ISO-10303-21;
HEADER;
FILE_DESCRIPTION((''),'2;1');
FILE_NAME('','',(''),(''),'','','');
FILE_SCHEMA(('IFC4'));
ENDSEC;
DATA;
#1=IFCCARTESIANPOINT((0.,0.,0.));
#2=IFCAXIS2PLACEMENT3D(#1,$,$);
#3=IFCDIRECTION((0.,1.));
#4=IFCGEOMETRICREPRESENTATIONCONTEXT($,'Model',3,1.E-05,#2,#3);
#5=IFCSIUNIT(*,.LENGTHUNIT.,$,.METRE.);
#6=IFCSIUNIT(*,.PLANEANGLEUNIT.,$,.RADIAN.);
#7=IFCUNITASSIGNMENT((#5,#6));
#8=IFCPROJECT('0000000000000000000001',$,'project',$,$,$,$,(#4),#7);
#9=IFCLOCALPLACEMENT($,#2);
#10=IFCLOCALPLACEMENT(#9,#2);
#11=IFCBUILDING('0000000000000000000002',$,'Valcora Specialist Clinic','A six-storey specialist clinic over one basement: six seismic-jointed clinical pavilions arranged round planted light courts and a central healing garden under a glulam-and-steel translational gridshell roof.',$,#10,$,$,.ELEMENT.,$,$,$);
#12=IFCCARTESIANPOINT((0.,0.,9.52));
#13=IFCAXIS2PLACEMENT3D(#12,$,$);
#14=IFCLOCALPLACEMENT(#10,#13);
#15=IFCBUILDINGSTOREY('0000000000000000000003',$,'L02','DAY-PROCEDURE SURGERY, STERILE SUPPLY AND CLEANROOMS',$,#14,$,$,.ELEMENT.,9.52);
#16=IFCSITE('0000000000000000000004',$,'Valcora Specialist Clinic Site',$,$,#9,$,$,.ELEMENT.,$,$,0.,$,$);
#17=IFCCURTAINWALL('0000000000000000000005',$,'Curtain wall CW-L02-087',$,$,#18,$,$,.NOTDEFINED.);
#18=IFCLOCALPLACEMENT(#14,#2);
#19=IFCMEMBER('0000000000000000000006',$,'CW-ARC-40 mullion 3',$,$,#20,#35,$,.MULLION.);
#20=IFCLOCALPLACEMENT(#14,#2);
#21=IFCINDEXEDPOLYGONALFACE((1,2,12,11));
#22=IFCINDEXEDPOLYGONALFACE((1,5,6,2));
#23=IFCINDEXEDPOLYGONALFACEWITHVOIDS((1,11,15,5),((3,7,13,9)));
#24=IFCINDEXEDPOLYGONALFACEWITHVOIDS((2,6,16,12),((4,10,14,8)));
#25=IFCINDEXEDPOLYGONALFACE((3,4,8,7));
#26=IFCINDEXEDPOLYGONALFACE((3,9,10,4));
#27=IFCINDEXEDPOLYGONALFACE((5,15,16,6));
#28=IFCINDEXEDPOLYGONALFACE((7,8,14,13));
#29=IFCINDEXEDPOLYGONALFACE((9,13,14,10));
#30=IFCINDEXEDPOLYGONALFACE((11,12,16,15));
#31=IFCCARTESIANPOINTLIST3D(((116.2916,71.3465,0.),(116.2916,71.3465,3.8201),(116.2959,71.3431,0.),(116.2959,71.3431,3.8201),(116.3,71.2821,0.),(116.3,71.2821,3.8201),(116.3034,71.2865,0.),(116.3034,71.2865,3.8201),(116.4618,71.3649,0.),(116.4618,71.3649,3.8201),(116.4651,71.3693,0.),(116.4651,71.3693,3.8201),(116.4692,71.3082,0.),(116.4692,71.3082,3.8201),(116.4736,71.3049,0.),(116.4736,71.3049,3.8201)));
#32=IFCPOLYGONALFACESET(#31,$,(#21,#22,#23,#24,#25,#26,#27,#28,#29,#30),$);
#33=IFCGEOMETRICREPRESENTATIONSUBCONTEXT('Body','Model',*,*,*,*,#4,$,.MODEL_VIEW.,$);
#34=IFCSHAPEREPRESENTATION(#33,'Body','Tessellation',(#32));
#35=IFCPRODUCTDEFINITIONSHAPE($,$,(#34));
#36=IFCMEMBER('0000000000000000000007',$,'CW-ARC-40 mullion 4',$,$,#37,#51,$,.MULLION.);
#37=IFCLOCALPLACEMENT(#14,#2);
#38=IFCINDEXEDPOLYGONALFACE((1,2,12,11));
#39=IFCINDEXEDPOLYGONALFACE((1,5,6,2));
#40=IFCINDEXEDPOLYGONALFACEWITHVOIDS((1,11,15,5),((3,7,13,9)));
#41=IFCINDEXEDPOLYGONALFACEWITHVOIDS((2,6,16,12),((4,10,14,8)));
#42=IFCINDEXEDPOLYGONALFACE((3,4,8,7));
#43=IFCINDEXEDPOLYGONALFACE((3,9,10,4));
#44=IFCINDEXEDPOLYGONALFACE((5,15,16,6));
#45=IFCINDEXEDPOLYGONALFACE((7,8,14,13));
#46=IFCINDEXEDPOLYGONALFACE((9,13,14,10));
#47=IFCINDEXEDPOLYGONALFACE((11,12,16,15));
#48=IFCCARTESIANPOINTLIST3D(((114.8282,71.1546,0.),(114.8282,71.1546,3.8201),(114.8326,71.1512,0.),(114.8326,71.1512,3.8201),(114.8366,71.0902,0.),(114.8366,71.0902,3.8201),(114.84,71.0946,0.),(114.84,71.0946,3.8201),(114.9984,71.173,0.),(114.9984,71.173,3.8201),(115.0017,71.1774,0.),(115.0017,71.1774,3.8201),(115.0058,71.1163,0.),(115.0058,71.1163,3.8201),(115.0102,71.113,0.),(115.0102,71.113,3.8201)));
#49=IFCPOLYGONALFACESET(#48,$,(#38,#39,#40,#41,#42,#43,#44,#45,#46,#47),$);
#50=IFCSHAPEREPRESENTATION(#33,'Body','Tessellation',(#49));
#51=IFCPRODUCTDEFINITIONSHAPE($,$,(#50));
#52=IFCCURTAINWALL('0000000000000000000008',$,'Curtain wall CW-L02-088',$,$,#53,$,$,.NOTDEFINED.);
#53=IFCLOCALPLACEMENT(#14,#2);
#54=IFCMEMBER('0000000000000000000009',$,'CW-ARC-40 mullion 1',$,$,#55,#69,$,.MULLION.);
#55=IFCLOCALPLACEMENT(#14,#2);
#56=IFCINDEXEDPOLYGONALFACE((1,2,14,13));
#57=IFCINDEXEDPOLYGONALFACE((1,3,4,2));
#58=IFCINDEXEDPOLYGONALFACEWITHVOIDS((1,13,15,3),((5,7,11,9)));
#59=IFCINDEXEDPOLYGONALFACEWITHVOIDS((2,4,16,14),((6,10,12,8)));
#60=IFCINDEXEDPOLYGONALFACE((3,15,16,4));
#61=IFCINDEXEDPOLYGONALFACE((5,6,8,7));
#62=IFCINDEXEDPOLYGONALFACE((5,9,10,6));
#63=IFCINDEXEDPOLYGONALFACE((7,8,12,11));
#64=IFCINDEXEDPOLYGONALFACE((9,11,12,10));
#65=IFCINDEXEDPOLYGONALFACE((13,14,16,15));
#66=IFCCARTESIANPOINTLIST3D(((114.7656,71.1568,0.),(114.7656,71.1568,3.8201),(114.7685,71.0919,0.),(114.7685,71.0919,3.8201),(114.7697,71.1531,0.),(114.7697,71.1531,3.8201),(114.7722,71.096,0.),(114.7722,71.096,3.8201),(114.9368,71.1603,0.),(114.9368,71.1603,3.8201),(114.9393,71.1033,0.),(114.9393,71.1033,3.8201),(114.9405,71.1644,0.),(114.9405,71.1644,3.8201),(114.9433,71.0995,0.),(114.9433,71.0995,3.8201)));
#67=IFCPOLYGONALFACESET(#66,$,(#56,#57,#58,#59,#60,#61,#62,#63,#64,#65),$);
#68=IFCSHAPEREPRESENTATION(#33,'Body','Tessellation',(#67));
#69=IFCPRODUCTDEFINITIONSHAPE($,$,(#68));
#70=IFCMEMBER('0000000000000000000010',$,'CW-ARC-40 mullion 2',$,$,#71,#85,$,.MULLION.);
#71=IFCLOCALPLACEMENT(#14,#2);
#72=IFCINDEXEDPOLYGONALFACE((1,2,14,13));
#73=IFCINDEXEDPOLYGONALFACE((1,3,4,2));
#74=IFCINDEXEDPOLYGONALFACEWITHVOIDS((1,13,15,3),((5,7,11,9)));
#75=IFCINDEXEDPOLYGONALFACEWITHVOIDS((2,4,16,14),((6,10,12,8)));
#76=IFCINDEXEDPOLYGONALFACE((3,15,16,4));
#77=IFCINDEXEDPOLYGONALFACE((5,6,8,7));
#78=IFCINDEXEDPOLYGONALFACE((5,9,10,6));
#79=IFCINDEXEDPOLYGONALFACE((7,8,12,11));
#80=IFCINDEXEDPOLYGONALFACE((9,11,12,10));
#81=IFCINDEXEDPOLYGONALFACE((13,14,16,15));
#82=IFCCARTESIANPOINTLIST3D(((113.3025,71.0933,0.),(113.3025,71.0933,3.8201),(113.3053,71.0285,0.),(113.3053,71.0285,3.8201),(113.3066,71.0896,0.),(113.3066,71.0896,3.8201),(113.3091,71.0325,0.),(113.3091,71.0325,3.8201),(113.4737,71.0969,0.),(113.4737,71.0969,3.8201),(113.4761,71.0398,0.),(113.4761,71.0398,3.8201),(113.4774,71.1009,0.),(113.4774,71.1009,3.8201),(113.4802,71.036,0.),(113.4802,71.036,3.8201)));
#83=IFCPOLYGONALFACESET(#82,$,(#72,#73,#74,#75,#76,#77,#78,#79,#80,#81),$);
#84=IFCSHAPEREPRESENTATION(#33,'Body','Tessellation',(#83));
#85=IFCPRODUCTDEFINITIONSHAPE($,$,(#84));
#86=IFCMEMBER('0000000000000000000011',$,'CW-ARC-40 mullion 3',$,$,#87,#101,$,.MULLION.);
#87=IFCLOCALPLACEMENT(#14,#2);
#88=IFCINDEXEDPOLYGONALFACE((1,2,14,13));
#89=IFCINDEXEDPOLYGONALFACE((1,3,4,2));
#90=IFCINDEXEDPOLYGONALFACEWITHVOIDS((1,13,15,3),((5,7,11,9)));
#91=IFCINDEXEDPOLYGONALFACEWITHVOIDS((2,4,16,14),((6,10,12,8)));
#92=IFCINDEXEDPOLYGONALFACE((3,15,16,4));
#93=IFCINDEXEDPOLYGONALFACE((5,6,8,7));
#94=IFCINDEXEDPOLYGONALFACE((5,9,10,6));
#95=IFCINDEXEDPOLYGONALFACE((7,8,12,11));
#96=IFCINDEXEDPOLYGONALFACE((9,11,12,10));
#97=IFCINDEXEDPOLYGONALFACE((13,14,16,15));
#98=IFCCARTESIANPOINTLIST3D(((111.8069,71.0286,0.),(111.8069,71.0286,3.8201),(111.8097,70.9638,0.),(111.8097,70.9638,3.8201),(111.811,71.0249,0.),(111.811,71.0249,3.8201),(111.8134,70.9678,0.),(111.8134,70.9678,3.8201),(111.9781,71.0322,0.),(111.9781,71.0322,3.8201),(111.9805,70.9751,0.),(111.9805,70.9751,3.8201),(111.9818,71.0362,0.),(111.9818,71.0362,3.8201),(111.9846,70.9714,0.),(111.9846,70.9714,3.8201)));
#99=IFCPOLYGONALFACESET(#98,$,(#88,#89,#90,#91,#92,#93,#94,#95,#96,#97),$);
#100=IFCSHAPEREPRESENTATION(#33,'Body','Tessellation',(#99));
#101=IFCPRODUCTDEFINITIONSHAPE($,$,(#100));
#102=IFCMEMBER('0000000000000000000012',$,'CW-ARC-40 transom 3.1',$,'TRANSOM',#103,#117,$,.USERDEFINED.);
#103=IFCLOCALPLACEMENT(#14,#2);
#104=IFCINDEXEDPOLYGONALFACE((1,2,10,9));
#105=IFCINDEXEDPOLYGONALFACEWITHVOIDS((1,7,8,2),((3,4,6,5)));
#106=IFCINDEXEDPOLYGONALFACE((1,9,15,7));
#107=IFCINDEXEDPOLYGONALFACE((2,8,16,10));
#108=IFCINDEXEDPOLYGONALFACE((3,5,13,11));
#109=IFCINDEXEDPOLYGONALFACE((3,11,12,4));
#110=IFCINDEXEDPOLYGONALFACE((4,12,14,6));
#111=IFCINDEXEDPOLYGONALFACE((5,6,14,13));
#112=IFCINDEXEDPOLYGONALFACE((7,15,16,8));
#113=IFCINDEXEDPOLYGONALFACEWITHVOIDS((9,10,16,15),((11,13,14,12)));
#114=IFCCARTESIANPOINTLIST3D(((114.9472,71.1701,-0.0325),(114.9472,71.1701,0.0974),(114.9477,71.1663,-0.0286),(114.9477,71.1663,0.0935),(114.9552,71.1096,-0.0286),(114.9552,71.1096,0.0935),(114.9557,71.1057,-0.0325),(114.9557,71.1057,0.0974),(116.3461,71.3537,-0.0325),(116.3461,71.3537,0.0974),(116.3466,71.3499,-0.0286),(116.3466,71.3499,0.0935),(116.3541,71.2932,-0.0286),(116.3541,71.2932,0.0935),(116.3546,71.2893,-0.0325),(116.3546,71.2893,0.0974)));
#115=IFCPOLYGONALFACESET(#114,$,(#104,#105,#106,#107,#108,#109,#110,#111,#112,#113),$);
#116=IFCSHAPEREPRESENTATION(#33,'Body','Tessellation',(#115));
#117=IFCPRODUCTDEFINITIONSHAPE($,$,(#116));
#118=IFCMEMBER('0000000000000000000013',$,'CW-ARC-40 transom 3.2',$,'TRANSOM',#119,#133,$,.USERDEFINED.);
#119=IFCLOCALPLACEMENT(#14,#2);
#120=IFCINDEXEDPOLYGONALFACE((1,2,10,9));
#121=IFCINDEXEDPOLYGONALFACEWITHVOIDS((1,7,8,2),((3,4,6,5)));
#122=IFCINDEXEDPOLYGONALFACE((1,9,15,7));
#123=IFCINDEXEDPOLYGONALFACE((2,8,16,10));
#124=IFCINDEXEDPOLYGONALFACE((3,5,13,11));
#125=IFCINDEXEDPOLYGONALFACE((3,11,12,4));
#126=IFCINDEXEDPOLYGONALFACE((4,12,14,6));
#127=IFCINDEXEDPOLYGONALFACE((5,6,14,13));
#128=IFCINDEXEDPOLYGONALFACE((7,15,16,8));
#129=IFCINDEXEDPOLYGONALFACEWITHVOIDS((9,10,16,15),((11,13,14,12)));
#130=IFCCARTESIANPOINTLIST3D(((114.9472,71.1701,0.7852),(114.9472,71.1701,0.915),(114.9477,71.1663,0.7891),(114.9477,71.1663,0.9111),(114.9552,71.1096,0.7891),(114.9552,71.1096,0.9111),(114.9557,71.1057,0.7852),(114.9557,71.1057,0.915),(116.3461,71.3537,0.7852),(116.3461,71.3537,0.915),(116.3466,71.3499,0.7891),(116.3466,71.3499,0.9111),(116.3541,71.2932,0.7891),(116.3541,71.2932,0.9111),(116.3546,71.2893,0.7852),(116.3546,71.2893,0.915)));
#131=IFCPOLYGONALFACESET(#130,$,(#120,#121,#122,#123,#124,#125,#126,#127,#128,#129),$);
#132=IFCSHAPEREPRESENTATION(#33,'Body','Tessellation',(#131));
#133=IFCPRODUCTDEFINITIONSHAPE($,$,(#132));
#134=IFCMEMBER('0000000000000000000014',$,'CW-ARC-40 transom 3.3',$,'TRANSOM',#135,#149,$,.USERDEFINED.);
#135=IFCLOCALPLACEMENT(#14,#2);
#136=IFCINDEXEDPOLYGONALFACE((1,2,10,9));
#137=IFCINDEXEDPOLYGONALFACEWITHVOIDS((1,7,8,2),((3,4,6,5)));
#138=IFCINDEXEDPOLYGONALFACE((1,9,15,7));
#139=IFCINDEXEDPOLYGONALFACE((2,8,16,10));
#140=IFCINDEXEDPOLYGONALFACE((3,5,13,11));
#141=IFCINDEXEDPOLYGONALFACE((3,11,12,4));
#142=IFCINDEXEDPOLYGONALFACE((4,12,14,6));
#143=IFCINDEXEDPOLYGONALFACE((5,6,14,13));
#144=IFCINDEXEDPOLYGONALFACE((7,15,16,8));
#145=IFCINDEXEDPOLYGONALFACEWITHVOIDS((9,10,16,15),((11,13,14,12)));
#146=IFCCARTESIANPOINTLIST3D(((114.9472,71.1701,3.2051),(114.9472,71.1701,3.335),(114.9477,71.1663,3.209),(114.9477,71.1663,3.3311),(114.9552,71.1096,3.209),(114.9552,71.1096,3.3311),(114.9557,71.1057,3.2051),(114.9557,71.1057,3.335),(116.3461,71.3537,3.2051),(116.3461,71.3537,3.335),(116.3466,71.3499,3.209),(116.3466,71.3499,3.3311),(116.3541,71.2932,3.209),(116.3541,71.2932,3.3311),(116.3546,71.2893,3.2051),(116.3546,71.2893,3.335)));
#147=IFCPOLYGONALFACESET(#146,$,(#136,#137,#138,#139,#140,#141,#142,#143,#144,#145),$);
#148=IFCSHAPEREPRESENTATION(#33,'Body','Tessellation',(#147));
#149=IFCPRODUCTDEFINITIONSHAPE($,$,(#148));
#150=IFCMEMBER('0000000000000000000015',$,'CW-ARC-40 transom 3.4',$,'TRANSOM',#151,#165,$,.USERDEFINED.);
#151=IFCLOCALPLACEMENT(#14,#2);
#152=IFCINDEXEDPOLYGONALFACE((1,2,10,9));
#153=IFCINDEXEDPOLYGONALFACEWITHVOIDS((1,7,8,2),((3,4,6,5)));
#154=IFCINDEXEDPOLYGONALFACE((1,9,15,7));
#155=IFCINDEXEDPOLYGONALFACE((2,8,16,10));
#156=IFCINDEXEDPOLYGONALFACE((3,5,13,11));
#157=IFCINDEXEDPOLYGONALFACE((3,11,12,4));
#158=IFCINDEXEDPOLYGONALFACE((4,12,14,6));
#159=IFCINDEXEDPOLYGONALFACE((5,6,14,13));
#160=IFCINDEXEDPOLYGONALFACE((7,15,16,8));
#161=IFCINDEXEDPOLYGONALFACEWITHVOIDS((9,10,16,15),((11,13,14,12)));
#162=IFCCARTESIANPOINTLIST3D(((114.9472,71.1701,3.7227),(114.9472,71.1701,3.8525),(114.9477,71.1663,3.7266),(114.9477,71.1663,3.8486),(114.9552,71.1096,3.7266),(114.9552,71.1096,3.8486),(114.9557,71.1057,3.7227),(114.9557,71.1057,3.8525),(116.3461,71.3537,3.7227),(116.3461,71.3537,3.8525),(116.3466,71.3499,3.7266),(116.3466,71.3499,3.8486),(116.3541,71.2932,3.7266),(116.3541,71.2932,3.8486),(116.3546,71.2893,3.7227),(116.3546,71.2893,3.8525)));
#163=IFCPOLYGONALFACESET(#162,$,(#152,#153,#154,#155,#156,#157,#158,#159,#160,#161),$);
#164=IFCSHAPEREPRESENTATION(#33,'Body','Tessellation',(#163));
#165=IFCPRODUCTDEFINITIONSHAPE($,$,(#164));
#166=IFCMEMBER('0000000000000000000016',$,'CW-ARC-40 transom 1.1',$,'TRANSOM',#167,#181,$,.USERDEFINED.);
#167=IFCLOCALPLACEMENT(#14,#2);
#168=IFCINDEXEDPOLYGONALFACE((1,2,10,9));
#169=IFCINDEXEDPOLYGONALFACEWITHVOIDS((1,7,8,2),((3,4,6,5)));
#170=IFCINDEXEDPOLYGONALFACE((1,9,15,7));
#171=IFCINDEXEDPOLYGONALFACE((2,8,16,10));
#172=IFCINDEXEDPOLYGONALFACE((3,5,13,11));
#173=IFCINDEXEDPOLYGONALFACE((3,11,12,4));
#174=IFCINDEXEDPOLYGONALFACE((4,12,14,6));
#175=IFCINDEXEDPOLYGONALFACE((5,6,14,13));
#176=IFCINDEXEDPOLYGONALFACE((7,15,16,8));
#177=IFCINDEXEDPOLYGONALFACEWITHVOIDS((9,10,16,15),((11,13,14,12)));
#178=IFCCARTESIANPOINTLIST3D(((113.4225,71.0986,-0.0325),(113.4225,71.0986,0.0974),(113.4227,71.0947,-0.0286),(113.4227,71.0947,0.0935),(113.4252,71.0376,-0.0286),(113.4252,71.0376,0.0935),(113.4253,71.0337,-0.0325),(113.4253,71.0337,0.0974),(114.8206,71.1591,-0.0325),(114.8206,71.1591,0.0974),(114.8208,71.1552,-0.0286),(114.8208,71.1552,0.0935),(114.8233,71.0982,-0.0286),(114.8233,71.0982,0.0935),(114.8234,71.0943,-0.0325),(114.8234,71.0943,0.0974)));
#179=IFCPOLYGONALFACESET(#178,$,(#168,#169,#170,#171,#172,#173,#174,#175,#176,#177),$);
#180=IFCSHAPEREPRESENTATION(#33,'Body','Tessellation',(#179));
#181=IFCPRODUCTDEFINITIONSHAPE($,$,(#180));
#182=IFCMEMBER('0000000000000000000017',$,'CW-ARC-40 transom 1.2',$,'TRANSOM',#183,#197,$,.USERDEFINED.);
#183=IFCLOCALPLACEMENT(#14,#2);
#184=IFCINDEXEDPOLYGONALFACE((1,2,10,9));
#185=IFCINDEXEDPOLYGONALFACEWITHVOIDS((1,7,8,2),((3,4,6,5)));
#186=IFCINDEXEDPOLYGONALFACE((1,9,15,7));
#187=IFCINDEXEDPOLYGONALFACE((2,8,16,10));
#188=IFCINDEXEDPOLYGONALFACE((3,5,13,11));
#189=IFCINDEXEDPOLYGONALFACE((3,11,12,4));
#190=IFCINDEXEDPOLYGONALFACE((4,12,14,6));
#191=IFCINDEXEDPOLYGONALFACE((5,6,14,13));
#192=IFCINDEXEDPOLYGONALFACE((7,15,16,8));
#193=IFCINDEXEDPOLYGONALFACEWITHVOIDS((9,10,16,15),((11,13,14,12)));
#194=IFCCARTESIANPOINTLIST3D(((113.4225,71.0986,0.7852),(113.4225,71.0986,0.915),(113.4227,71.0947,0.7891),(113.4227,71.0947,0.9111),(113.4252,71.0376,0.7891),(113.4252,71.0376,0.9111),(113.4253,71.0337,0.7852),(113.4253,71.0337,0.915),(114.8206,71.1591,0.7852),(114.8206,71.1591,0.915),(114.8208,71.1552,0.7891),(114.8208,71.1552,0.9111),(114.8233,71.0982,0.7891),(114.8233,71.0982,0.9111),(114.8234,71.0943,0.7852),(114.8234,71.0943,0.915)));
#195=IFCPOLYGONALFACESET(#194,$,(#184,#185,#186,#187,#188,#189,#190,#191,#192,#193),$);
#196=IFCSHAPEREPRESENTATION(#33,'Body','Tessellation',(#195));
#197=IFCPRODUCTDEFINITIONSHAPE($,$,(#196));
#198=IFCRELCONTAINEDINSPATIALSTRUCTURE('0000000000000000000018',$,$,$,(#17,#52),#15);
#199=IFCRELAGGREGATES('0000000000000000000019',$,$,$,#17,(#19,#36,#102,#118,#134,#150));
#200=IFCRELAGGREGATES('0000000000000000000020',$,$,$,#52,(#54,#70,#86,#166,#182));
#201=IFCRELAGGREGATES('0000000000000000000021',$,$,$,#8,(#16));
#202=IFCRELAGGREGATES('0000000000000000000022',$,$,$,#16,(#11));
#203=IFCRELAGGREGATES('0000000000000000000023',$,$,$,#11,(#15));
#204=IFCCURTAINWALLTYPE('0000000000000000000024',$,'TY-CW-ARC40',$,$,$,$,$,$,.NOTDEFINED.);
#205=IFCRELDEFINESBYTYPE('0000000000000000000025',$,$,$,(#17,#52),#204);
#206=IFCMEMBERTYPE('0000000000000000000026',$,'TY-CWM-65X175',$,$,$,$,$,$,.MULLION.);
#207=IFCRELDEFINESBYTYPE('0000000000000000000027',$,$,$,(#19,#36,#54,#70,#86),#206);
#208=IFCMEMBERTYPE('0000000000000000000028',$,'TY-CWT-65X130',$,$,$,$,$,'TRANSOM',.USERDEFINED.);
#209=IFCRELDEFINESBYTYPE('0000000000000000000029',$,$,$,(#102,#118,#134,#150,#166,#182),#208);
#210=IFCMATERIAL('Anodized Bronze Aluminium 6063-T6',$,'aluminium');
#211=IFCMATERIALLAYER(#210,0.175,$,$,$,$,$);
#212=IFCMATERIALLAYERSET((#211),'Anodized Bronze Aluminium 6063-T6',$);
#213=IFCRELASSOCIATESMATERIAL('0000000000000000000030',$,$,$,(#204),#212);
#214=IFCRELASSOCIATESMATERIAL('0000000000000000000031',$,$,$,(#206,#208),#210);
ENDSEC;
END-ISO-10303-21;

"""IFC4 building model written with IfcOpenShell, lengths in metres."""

from ifc_helpers import new_model, si_unit, direction, frame, origin, origin_2d, place, context, subcontext, project, spatial, hollow_rectangle, extrude, material, layer, layer_set, material_profile, profile_set, type_object, element, aggregate, save


model = new_model("IFC4")

# Units and contexts
model_context = context("Model", 3, precision=1e-05, world=origin(), true_north=direction((0.0, 1.0)))
body_context = subcontext(model_context, "Body", "Model", "MODEL_VIEW")
ifc_project = project(units=[si_unit("LENGTHUNIT", "METRE"), si_unit("PLANEANGLEUNIT", "RADIAN")], contexts=[model_context])

# Site, building, storey
site_placement = place(None, origin())
site = spatial("IfcSite", under=ifc_project, at=site_placement, Name="Valcora Specialist Clinic Site", CompositionType="ELEMENT", RefElevation=0.0)
building_placement = place(site_placement, origin())
building = spatial("IfcBuilding", under=site, at=building_placement, Name="Valcora Specialist Clinic", Description="A six-storey specialist clinic over one basement: six seismic-jointed clinical pavilions arranged round planted light courts and a central healing garden under a glulam-and-steel translational gridshell roof.", CompositionType="ELEMENT")
storey_placement = place(building_placement, frame((0.0, 0.0, 9.52)))
storey = spatial("IfcBuildingStorey", under=building, at=storey_placement, Name="L02", Description="DAY-PROCEDURE SURGERY, STERILE SUPPLY AND CLEANROOMS", CompositionType="ELEMENT", Elevation=9.52)

# Curtain walls, members
ifc_material_1 = material(Name="Anodized Bronze Aluminium 6063-T6", Category="aluminium")
ifc_layer_1 = layer(ifc_material_1, 0.175)
ifc_layer_set_1 = layer_set([ifc_layer_1], Name="Anodized Bronze Aluminium 6063-T6")
curtain_wall_type = type_object("IfcCurtainWallType", Name="TY-CW-ARC40", PredefinedType="NOTDEFINED", material=ifc_layer_set_1)
curtain_wall_1_placement = place(storey_placement, origin())
curtain_wall_1 = element("IfcCurtainWall", 1, at=curtain_wall_1_placement, inside=storey, type_object=curtain_wall_type, Name="Curtain wall CW-L02-087", PredefinedType="NOTDEFINED")
ifc_material_profile_1 = material_profile(ifc_material_1, hollow_rectangle(XDim=0.0649, YDim=0.175, WallThickness=0.0039, at=origin_2d()), Name="AL-MUL-65X175")
ifc_profile_set_1 = profile_set([ifc_material_profile_1], Name="Anodized Bronze Aluminium 6063-T6")
member_type_1 = type_object("IfcMemberType", Name="TY-CWM-65X175", PredefinedType="MULLION", material=ifc_profile_set_1)
member_1_placement = place(storey_placement, frame((116.3826, 71.3257, 0.0), z_axis=(0.0, 0.0, 1.0), x_axis=(0.129999, -0.991514, 0.0)))
member_1 = element("IfcMember", 2, at=member_1_placement, type_object=member_type_1, Name="CW-ARC-40 mullion 3", PredefinedType="MULLION", context=body_context, shape_type="SweptSolid", body=[
    extrude(hollow_rectangle(XDim=0.0649, YDim=0.175, WallThickness=0.0039, at=origin_2d()), origin(), (0.0, 0.0, 1.0), 3.8201),
])
member_2_placement = place(storey_placement, frame((114.9192, 71.1338, 0.0), z_axis=(0.0, 0.0, 1.0), x_axis=(0.129999, -0.991514, 0.0)))
member_2 = element("IfcMember", 3, at=member_2_placement, type_object=member_type_1, Name="CW-ARC-40 mullion 4", PredefinedType="MULLION", context=body_context, shape_type="SweptSolid", body=[
    extrude(hollow_rectangle(XDim=0.0649, YDim=0.175, WallThickness=0.0039, at=origin_2d()), origin(), (0.0, 0.0, 1.0), 3.8201),
])
curtain_wall_2_placement = place(storey_placement, origin())
curtain_wall_2 = element("IfcCurtainWall", 4, at=curtain_wall_2_placement, inside=storey, type_object=curtain_wall_type, Name="Curtain wall CW-L02-088", PredefinedType="NOTDEFINED")
member_3_placement = place(storey_placement, frame((114.8545, 71.1282, 0.0), z_axis=(0.0, 0.0, 1.0), x_axis=(0.043307, -0.999062, 0.0)))
member_3 = element("IfcMember", 5, at=member_3_placement, type_object=member_type_1, Name="CW-ARC-40 mullion 1", PredefinedType="MULLION", context=body_context, shape_type="SweptSolid", body=[
    extrude(hollow_rectangle(XDim=0.0649, YDim=0.175, WallThickness=0.0039, at=origin_2d()), origin(), (0.0, 0.0, 1.0), 3.8201),
])
member_4_placement = place(storey_placement, frame((113.3914, 71.0647, 0.0), z_axis=(0.0, 0.0, 1.0), x_axis=(0.043307, -0.999062, 0.0)))
member_4 = element("IfcMember", 6, at=member_4_placement, type_object=member_type_1, Name="CW-ARC-40 mullion 2", PredefinedType="MULLION", context=body_context, shape_type="SweptSolid", body=[
    extrude(hollow_rectangle(XDim=0.0649, YDim=0.175, WallThickness=0.0039, at=origin_2d()), origin(), (0.0, 0.0, 1.0), 3.8201),
])
member_5_placement = place(storey_placement, frame((111.8958, 71.0, 0.0), z_axis=(0.0, 0.0, 1.0), x_axis=(0.043307, -0.999062, 0.0)))
member_5 = element("IfcMember", 7, at=member_5_placement, type_object=member_type_1, Name="CW-ARC-40 mullion 3", PredefinedType="MULLION", context=body_context, shape_type="SweptSolid", body=[
    extrude(hollow_rectangle(XDim=0.0649, YDim=0.175, WallThickness=0.0039, at=origin_2d()), origin(), (0.0, 0.0, 1.0), 3.8201),
])

# Members
ifc_material_profile_2 = material_profile(ifc_material_1, hollow_rectangle(XDim=0.0649, YDim=0.1299, WallThickness=0.0039, at=origin_2d()), Name="AL-TRN-65X130")
ifc_profile_set_2 = profile_set([ifc_material_profile_2], Name="Anodized Bronze Aluminium 6063-T6")
member_type_2 = type_object("IfcMemberType", Name="TY-CWT-65X130", ElementType="TRANSOM", PredefinedType="USERDEFINED", material=ifc_profile_set_2)
member_6_placement = place(storey_placement, frame((116.3503, 71.3215, 0.0325), z_axis=(-0.991498, -0.130123, 0.0), x_axis=(0.130123, -0.991498, 0.0)))
member_6 = element("IfcMember", 8, at=member_6_placement, type_object=member_type_2, Name="CW-ARC-40 transom 3.1", ObjectType="TRANSOM", PredefinedType="USERDEFINED", context=body_context, shape_type="SweptSolid", body=[
    extrude(hollow_rectangle(XDim=0.0649, YDim=0.1299, WallThickness=0.0039, at=origin_2d()), origin(), (0.0, 0.0, 1.0), 1.4109),
])
member_7_placement = place(storey_placement, frame((116.3503, 71.3215, 0.8501), z_axis=(-0.991498, -0.130123, 0.0), x_axis=(0.130123, -0.991498, 0.0)))
member_7 = element("IfcMember", 9, at=member_7_placement, type_object=member_type_2, Name="CW-ARC-40 transom 3.2", ObjectType="TRANSOM", PredefinedType="USERDEFINED", context=body_context, shape_type="SweptSolid", body=[
    extrude(hollow_rectangle(XDim=0.0649, YDim=0.1299, WallThickness=0.0039, at=origin_2d()), origin(), (0.0, 0.0, 1.0), 1.4109),
])
member_8_placement = place(storey_placement, frame((116.3503, 71.3215, 3.27), z_axis=(-0.991498, -0.130123, 0.0), x_axis=(0.130123, -0.991498, 0.0)))
member_8 = element("IfcMember", 10, at=member_8_placement, type_object=member_type_2, Name="CW-ARC-40 transom 3.3", ObjectType="TRANSOM", PredefinedType="USERDEFINED", context=body_context, shape_type="SweptSolid", body=[
    extrude(hollow_rectangle(XDim=0.0649, YDim=0.1299, WallThickness=0.0039, at=origin_2d()), origin(), (0.0, 0.0, 1.0), 1.4109),
])
member_9_placement = place(storey_placement, frame((116.3503, 71.3215, 3.7876), z_axis=(-0.991498, -0.130123, 0.0), x_axis=(0.130123, -0.991498, 0.0)))
member_9 = element("IfcMember", 11, at=member_9_placement, type_object=member_type_2, Name="CW-ARC-40 transom 3.4", ObjectType="TRANSOM", PredefinedType="USERDEFINED", context=body_context, shape_type="SweptSolid", body=[
    extrude(hollow_rectangle(XDim=0.0649, YDim=0.1299, WallThickness=0.0039, at=origin_2d()), origin(), (0.0, 0.0, 1.0), 1.4109),
])
member_10_placement = place(storey_placement, frame((114.822, 71.1267, 0.0325), z_axis=(-0.999064, -0.043263, 0.0), x_axis=(0.043263, -0.999064, 0.0)))
member_10 = element("IfcMember", 12, at=member_10_placement, type_object=member_type_2, Name="CW-ARC-40 transom 1.1", ObjectType="TRANSOM", PredefinedType="USERDEFINED", context=body_context, shape_type="SweptSolid", body=[
    extrude(hollow_rectangle(XDim=0.0649, YDim=0.1299, WallThickness=0.0039, at=origin_2d()), origin(), (0.0, 0.0, 1.0), 1.3994),
])
member_11_placement = place(storey_placement, frame((114.822, 71.1267, 0.8501), z_axis=(-0.999064, -0.043263, 0.0), x_axis=(0.043263, -0.999064, 0.0)))
member_11 = element("IfcMember", 13, at=member_11_placement, type_object=member_type_2, Name="CW-ARC-40 transom 1.2", ObjectType="TRANSOM", PredefinedType="USERDEFINED", context=body_context, shape_type="SweptSolid", body=[
    extrude(hollow_rectangle(XDim=0.0649, YDim=0.1299, WallThickness=0.0039, at=origin_2d()), origin(), (0.0, 0.0, 1.0), 1.3994),
])

aggregate(curtain_wall_1, [member_1, member_2, member_6, member_7, member_8, member_9])
aggregate(curtain_wall_2, [member_3, member_4, member_5, member_10, member_11])

save(model, "model.ifc")
